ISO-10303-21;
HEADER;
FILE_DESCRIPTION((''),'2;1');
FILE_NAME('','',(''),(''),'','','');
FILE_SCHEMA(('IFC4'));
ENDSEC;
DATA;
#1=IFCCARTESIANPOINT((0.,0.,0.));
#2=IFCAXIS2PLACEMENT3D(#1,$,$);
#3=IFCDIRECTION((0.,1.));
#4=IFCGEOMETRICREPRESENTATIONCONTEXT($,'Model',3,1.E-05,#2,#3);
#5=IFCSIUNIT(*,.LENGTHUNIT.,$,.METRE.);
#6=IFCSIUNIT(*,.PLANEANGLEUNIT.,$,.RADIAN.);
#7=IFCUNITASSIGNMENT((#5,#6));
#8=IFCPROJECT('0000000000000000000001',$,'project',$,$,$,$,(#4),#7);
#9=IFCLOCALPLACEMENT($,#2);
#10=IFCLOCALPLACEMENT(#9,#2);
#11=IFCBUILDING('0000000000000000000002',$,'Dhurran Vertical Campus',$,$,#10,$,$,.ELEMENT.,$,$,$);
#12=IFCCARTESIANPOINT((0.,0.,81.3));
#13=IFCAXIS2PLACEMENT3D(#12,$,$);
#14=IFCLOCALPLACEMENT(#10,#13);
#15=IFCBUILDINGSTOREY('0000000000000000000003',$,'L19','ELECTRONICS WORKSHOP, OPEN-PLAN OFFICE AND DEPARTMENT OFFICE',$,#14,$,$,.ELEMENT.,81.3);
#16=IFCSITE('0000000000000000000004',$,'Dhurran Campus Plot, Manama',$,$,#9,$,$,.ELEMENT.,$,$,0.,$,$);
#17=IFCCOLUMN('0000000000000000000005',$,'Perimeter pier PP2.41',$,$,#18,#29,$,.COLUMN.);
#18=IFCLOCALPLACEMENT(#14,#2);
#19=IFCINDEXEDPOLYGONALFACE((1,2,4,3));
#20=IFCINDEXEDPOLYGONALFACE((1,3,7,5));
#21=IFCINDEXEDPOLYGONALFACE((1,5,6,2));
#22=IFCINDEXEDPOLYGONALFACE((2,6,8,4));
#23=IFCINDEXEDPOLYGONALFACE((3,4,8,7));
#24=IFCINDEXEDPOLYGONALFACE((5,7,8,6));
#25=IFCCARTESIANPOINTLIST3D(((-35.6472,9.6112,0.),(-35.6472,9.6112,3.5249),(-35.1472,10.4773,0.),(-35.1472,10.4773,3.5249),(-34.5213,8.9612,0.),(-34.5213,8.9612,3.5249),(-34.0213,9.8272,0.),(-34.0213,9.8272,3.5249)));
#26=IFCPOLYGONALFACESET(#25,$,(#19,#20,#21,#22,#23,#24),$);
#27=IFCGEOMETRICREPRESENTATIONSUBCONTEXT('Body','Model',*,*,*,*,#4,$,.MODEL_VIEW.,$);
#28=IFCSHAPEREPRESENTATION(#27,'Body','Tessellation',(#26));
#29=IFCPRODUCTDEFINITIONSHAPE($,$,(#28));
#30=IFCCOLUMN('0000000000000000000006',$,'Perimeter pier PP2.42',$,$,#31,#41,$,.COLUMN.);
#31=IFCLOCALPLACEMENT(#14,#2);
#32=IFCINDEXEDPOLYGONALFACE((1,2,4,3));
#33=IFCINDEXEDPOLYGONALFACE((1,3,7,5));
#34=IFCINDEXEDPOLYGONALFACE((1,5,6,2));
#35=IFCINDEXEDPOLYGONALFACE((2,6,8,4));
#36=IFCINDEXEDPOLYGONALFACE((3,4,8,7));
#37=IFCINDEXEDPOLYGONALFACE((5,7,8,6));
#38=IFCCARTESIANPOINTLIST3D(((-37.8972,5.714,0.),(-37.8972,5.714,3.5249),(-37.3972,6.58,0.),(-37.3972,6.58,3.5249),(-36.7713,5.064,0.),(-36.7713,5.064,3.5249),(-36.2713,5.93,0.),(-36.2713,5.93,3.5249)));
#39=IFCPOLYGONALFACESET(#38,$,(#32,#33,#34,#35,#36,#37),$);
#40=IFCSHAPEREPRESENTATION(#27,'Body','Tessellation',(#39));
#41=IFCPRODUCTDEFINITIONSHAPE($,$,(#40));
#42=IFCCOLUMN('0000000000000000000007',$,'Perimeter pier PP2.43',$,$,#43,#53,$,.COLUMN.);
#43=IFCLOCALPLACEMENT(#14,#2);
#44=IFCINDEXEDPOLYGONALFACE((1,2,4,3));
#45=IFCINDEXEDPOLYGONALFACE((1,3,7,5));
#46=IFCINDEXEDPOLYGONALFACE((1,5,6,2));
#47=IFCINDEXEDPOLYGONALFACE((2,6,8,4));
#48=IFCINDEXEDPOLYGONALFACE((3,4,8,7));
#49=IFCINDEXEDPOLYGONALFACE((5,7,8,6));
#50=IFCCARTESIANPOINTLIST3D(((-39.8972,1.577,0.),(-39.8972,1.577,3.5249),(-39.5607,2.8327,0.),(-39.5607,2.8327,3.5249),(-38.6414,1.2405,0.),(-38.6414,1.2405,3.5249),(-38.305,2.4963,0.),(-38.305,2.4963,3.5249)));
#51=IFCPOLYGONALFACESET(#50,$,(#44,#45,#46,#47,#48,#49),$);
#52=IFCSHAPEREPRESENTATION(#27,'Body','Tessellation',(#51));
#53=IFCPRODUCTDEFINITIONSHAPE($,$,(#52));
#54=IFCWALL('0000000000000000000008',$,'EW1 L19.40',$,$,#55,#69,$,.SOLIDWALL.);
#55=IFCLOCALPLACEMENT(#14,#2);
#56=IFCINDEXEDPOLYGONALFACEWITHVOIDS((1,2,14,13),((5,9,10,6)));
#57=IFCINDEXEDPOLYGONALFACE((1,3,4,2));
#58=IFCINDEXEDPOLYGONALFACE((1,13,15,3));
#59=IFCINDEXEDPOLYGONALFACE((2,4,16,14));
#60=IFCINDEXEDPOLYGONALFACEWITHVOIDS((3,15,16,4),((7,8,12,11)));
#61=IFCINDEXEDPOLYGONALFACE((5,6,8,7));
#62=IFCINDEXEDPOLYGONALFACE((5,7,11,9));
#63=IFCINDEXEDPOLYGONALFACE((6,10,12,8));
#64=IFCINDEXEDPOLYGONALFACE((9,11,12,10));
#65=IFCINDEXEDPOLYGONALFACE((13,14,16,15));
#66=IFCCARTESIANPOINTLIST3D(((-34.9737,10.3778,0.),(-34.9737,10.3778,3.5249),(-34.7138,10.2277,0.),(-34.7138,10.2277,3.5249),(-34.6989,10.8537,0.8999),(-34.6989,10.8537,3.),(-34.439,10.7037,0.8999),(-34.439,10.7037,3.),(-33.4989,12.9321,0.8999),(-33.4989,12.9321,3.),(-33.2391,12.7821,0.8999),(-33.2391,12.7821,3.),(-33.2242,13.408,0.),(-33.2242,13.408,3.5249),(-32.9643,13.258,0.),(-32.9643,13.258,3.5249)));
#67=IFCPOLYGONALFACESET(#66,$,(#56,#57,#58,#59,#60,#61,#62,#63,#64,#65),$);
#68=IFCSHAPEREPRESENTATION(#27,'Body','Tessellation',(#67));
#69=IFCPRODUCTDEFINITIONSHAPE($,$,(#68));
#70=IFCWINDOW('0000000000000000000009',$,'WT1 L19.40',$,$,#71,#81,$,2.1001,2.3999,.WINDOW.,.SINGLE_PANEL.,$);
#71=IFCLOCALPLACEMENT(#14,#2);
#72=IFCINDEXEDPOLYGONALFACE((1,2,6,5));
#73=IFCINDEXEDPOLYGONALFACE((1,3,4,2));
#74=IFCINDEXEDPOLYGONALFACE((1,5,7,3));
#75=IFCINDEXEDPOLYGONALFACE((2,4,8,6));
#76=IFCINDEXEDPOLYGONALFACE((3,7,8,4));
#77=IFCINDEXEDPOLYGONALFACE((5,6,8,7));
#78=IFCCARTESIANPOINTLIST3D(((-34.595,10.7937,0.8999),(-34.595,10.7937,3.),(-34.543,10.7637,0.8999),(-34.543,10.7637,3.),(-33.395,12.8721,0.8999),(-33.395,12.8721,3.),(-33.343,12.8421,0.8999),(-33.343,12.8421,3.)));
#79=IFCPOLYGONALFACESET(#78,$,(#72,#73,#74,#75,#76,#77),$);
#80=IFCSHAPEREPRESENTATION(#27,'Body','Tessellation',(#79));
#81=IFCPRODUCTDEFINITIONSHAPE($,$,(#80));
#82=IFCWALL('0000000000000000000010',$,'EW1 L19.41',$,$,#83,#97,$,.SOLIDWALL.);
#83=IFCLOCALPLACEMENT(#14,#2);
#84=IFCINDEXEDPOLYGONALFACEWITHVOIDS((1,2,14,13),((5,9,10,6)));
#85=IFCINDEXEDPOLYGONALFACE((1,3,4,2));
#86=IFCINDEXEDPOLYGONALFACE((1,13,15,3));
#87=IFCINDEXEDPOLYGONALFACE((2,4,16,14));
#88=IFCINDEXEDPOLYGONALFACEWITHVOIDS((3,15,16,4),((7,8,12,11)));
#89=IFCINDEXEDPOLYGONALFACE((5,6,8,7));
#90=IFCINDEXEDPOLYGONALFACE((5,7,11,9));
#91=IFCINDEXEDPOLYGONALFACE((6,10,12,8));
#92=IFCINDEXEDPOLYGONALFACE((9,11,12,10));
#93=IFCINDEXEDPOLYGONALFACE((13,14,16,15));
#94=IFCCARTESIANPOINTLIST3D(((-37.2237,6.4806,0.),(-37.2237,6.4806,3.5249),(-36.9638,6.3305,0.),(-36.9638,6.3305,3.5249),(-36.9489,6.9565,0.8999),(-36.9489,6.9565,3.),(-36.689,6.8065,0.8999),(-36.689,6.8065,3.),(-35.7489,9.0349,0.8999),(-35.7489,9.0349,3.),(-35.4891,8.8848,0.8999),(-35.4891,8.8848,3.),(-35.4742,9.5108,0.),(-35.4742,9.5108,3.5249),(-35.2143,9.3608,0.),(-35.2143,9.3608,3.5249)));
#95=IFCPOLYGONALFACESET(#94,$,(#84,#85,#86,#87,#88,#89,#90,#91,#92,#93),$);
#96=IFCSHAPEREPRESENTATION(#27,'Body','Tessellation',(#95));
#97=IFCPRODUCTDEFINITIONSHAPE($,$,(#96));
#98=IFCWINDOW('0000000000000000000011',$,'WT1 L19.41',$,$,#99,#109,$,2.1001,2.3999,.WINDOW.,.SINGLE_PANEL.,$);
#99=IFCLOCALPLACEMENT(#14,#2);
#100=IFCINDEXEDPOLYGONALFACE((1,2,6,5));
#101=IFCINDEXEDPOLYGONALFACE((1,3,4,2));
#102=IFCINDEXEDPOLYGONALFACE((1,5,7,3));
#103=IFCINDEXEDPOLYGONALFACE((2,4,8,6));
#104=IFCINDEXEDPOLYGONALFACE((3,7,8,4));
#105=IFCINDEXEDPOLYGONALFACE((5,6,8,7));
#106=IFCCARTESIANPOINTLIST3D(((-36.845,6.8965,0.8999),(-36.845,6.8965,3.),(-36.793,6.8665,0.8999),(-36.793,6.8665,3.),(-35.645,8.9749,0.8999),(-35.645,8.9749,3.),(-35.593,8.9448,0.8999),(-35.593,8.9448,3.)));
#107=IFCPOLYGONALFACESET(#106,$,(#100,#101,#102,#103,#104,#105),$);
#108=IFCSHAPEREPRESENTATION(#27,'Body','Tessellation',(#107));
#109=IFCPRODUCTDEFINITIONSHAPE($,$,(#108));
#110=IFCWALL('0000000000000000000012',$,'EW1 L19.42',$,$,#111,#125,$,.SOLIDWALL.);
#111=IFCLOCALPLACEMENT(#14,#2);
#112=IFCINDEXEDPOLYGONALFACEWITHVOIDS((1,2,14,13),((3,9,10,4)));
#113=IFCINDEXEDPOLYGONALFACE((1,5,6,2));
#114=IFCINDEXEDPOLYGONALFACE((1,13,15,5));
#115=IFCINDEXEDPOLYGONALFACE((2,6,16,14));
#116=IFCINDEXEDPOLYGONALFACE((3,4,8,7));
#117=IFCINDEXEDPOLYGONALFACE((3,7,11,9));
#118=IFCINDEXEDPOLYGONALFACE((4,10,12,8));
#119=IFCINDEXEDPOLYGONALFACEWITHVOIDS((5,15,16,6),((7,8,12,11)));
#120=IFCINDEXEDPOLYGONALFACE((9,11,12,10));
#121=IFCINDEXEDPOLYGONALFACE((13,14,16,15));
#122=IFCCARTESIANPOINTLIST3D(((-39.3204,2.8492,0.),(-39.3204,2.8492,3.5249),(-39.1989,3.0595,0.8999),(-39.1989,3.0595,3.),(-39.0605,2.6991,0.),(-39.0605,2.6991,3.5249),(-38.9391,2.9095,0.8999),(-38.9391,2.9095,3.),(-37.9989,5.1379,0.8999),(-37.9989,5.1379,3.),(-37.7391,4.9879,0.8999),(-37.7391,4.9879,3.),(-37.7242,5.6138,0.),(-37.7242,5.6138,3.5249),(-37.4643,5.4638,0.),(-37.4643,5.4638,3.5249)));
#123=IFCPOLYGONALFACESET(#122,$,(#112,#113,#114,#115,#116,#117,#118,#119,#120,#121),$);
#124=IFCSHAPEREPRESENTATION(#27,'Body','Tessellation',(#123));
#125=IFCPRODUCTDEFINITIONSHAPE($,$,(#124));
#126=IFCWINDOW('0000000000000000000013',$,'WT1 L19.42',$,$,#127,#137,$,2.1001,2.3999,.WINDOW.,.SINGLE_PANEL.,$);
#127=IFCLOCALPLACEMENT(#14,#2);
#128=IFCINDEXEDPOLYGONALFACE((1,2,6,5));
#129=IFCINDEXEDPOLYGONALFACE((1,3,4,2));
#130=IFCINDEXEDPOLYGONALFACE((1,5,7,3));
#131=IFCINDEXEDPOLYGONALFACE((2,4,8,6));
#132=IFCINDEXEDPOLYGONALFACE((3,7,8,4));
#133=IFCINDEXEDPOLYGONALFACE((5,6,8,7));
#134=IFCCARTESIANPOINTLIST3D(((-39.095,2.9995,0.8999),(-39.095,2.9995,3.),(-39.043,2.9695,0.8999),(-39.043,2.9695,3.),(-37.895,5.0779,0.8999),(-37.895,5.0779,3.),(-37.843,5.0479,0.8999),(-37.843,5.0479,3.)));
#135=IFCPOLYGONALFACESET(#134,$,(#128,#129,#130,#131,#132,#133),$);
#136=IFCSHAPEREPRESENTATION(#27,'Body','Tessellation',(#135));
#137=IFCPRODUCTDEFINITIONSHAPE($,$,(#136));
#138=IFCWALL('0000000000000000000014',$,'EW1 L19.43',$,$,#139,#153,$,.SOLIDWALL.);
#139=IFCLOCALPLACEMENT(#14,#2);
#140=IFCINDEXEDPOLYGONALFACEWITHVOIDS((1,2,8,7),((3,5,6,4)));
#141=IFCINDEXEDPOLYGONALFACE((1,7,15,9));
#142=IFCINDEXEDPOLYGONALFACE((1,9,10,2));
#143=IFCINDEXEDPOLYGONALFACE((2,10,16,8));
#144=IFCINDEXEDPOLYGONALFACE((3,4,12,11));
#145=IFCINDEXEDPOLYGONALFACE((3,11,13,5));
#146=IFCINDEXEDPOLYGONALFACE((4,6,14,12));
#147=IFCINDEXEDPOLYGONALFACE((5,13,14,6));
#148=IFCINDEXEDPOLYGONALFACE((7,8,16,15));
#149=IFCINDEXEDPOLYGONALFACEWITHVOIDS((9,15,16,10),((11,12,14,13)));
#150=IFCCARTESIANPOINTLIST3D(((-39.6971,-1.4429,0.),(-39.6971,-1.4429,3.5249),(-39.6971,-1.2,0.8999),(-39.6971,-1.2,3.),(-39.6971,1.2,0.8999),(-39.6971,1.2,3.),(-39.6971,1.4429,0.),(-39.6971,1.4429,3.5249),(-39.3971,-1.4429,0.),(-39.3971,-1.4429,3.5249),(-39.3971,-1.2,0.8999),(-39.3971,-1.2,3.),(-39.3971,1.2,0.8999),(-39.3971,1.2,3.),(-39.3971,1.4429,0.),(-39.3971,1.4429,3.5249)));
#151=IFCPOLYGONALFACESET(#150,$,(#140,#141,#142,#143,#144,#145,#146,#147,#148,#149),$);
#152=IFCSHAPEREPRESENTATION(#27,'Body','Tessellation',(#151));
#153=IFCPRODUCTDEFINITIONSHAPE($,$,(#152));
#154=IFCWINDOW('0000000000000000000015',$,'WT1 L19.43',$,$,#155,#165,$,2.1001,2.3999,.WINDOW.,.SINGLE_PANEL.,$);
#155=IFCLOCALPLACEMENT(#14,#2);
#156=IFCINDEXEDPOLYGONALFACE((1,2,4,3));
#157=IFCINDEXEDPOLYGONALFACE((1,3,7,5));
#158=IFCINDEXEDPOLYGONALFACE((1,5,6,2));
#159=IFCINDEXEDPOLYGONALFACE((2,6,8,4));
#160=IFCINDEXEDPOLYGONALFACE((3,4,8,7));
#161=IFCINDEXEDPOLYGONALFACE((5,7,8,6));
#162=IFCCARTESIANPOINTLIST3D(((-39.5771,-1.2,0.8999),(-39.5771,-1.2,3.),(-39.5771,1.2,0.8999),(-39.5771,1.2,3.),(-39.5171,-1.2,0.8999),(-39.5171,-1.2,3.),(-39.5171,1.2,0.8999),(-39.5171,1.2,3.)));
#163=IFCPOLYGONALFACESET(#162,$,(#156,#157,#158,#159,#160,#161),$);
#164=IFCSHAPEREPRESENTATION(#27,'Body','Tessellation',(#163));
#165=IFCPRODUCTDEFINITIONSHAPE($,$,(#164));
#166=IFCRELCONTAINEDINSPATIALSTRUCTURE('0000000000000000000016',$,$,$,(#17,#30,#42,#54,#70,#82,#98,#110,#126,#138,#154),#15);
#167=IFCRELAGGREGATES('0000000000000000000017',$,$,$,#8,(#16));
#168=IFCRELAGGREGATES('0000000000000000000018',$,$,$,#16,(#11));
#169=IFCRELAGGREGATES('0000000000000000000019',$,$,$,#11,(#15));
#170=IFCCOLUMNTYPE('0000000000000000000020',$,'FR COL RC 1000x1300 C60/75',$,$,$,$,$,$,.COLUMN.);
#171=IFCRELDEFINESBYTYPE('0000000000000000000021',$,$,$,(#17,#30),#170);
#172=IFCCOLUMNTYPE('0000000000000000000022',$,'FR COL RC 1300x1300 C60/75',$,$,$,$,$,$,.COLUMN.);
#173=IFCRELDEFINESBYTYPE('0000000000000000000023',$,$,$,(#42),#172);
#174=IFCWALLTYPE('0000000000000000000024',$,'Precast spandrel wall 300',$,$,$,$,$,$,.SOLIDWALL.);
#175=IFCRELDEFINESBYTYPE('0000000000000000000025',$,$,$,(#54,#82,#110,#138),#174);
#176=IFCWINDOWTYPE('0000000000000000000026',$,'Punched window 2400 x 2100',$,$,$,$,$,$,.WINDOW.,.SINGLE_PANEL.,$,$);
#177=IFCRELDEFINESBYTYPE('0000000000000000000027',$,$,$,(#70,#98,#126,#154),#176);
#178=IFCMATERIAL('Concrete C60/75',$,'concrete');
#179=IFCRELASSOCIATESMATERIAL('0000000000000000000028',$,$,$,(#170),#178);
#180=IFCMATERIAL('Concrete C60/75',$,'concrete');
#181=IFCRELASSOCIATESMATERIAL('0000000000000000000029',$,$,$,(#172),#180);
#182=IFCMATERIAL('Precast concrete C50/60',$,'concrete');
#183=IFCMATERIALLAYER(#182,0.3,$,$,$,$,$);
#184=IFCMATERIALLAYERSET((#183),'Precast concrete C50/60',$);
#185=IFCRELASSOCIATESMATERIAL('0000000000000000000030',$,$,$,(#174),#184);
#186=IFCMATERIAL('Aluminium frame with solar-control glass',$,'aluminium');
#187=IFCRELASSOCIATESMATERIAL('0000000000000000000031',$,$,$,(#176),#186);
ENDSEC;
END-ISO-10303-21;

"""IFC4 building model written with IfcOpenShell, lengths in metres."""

from ifc_helpers import new_model, si_unit, direction, frame, frame_2d, origin, origin_2d, place, context, subcontext, project, spatial, rectangle, extrude, material, layer, layer_set, material_profile, profile_set, type_object, element, fill, save


model = new_model("IFC4")

# Units and contexts
model_context = context("Model", 3, precision=1e-05, world=origin(), true_north=direction((0.0, 1.0)))
body_context = subcontext(model_context, "Body", "Model", "MODEL_VIEW")
ifc_project = project(units=[si_unit("LENGTHUNIT", "METRE"), si_unit("PLANEANGLEUNIT", "RADIAN")], contexts=[model_context])

# Site, building, storey
site_placement = place(None, origin())
site = spatial("IfcSite", under=ifc_project, at=site_placement, Name="Dhurran Campus Plot, Manama", CompositionType="ELEMENT", RefElevation=0.0)
building_placement = place(site_placement, origin())
building = spatial("IfcBuilding", under=site, at=building_placement, Name="Dhurran Vertical Campus", CompositionType="ELEMENT")
storey_placement = place(building_placement, frame((0.0, 0.0, 81.3)))
storey = spatial("IfcBuildingStorey", under=building, at=storey_placement, Name="L19", Description="ELECTRONICS WORKSHOP, OPEN-PLAN OFFICE AND DEPARTMENT OFFICE", CompositionType="ELEMENT", Elevation=81.3)

# Columns
ifc_material_1 = material(Name="Concrete C60/75", Category="concrete")
ifc_material_profile_1 = material_profile(ifc_material_1, rectangle(XDim=1.0, YDim=1.3, at=origin_2d()), Name="RC 1000x1300")
ifc_profile_set_1 = profile_set([ifc_material_profile_1], Name="Concrete C60/75")
column_type_1 = type_object("IfcColumnType", Name="FR COL RC 1000x1300 C60/75", PredefinedType="COLUMN", material=ifc_profile_set_1)
for number, where, z_axis, x_axis, name in (
    (1, (-34.8342, 9.7192, 0.0), (0.0, 0.0, 1.0), (-0.5, -0.866025, 0.0), "Perimeter pier PP2.41"),
    (2, (-37.0842, 5.822, 0.0), (0.0, 0.0, 1.0), (-0.5, -0.866025, 0.0), "Perimeter pier PP2.42"),
):
    element("IfcColumn", number, at=place(storey_placement, frame(where, z_axis=z_axis, x_axis=x_axis)), inside=storey, type_object=column_type_1, Name=name, PredefinedType="COLUMN", context=body_context, shape_type="SweptSolid", body=[
        extrude(rectangle(XDim=1.0, YDim=1.3, at=origin_2d()), origin(), (0.0, 0.0, 1.0), 3.5249),
    ])
ifc_material_2 = material(Name="Concrete C60/75", Category="concrete")
ifc_material_profile_2 = material_profile(ifc_material_2, rectangle(XDim=1.3, YDim=1.3, at=origin_2d()), Name="RC 1300x1300")
ifc_profile_set_2 = profile_set([ifc_material_profile_2], Name="Concrete C60/75")
column_type_2 = type_object("IfcColumnType", Name="FR COL RC 1300x1300 C60/75", PredefinedType="COLUMN", material=ifc_profile_set_2)
column_placement = place(storey_placement, frame((-39.1011, 2.0366, 0.0), z_axis=(0.0, 0.0, 1.0), x_axis=(-0.258819, -0.965926, 0.0)))
element("IfcColumn", 3, at=column_placement, inside=storey, type_object=column_type_2, Name="Perimeter pier PP2.43", PredefinedType="COLUMN", context=body_context, shape_type="SweptSolid", body=[
    extrude(rectangle(XDim=1.3, YDim=1.3, at=origin_2d()), origin(), (0.0, 0.0, 1.0), 3.5249),
])

# Walls, openings, windows
ifc_material_3 = material(Name="Precast concrete C50/60", Category="concrete")
ifc_layer_1 = layer(ifc_material_3, 0.3)
ifc_layer_set_1 = layer_set([ifc_layer_1], Name="Precast concrete C50/60")
wall_type_1 = type_object("IfcWallType", Name="Precast spandrel wall 300", PredefinedType="SOLIDWALL", material=ifc_layer_set_1)
wall_1_placement = place(storey_placement, frame((-33.0942, 13.333, 0.0), z_axis=(0.0, 0.0, 1.0), x_axis=(-0.499996, -0.866028, 0.0)))
wall_1 = element("IfcWall", 4, at=wall_1_placement, inside=storey, type_object=wall_type_1, Name="EW1 L19.40", PredefinedType="SOLIDWALL", context=body_context, shape_type="SweptSolid", body=[
    extrude(rectangle(XDim=3.499, YDim=0.3, at=frame_2d((1.7495, 0.0))), origin(), (0.0, 0.0, 1.0), 3.5249),
])
opening_1_placement = place(wall_1_placement, frame((0.5496, 0.0, 0.8999)))
opening_1 = element("IfcOpeningElement", 5, at=opening_1_placement, cuts=wall_1, PredefinedType="OPENING", context=body_context, shape_type="SweptSolid", body=[
    extrude(rectangle(XDim=2.3999, YDim=2.1001, at=frame_2d((1.2, 1.05))), frame((0.0, 0.1599, 0.0), z_axis=(0.0, -1.0, 0.0), x_axis=(1.0, 0.0, 0.0)), (0.0, 0.0, 1.0), 0.3201),
])
ifc_material_4 = material(Name="Aluminium frame with solar-control glass", Category="aluminium")
window_type = type_object("IfcWindowType", Name="Punched window 2400 x 2100", PartitioningType="SINGLE_PANEL", PredefinedType="WINDOW", material=ifc_material_4)
window_1_placement = place(opening_1_placement, origin())
window_1 = element("IfcWindow", 6, at=window_1_placement, inside=storey, type_object=window_type, Name="WT1 L19.40", OverallHeight=2.1001, OverallWidth=2.3999, PartitioningType="SINGLE_PANEL", PredefinedType="WINDOW", context=body_context, shape_type="SweptSolid", body=[
    extrude(rectangle(XDim=2.3999, YDim=2.1001, at=frame_2d((1.2, 1.05))), frame((0.0, 0.03, 0.0), z_axis=(0.0, -1.0, 0.0), x_axis=(1.0, 0.0, 0.0)), (0.0, 0.0, 1.0), 0.0601),
])
fill(opening_1, window_1)
wall_2_placement = place(storey_placement, frame((-35.3442, 9.4358, 0.0), z_axis=(0.0, 0.0, 1.0), x_axis=(-0.499996, -0.866028, 0.0)))
wall_2 = element("IfcWall", 7, at=wall_2_placement, inside=storey, type_object=wall_type_1, Name="EW1 L19.41", PredefinedType="SOLIDWALL", context=body_context, shape_type="SweptSolid", body=[
    extrude(rectangle(XDim=3.499, YDim=0.3, at=frame_2d((1.7495, 0.0))), origin(), (0.0, 0.0, 1.0), 3.5249),
])
opening_2_placement = place(wall_2_placement, frame((0.5496, 0.0, 0.8999)))
opening_2 = element("IfcOpeningElement", 8, at=opening_2_placement, cuts=wall_2, PredefinedType="OPENING", context=body_context, shape_type="SweptSolid", body=[
    extrude(rectangle(XDim=2.3999, YDim=2.1001, at=frame_2d((1.2, 1.05))), frame((0.0, 0.1599, 0.0), z_axis=(0.0, -1.0, 0.0), x_axis=(1.0, 0.0, 0.0)), (0.0, 0.0, 1.0), 0.3201),
])
window_2_placement = place(opening_2_placement, origin())
window_2 = element("IfcWindow", 9, at=window_2_placement, inside=storey, type_object=window_type, Name="WT1 L19.41", OverallHeight=2.1001, OverallWidth=2.3999, PartitioningType="SINGLE_PANEL", PredefinedType="WINDOW", context=body_context, shape_type="SweptSolid", body=[
    extrude(rectangle(XDim=2.3999, YDim=2.1001, at=frame_2d((1.2, 1.05))), frame((0.0, 0.03, 0.0), z_axis=(0.0, -1.0, 0.0), x_axis=(1.0, 0.0, 0.0)), (0.0, 0.0, 1.0), 0.0601),
])
fill(opening_2, window_2)
wall_3_placement = place(storey_placement, frame((-37.5942, 5.5388, 0.0), z_axis=(0.0, 0.0, 1.0), x_axis=(-0.500005, -0.866023, 0.0)))
wall_3 = element("IfcWall", 10, at=wall_3_placement, inside=storey, type_object=wall_type_1, Name="EW1 L19.42", PredefinedType="SOLIDWALL", context=body_context, shape_type="SweptSolid", body=[
    extrude(rectangle(XDim=3.1924, YDim=0.3, at=frame_2d((1.5962, 0.0))), origin(), (0.0, 0.0, 1.0), 3.5249),
])
opening_3_placement = place(wall_3_placement, frame((0.5496, 0.0, 0.8999)))
opening_3 = element("IfcOpeningElement", 11, at=opening_3_placement, cuts=wall_3, PredefinedType="OPENING", context=body_context, shape_type="SweptSolid", body=[
    extrude(rectangle(XDim=2.3999, YDim=2.1001, at=frame_2d((1.2, 1.05))), frame((0.0, 0.1599, 0.0), z_axis=(0.0, -1.0, 0.0), x_axis=(1.0, 0.0, 0.0)), (0.0, 0.0, 1.0), 0.3201),
])
window_3_placement = place(opening_3_placement, origin())
window_3 = element("IfcWindow", 12, at=window_3_placement, inside=storey, type_object=window_type, Name="WT1 L19.42", OverallHeight=2.1001, OverallWidth=2.3999, PartitioningType="SINGLE_PANEL", PredefinedType="WINDOW", context=body_context, shape_type="SweptSolid", body=[
    extrude(rectangle(XDim=2.3999, YDim=2.1001, at=frame_2d((1.2, 1.05))), frame((0.0, 0.03, 0.0), z_axis=(0.0, -1.0, 0.0), x_axis=(1.0, 0.0, 0.0)), (0.0, 0.0, 1.0), 0.0601),
])
fill(opening_3, window_3)
wall_4_placement = place(storey_placement, frame((-39.5471, 1.4429, 0.0), z_axis=(0.0, 0.0, 1.0), x_axis=(0.0, -1.0, 0.0)))
wall_4 = element("IfcWall", 13, at=wall_4_placement, inside=storey, type_object=wall_type_1, Name="EW1 L19.43", PredefinedType="SOLIDWALL", context=body_context, shape_type="SweptSolid", body=[
    extrude(rectangle(XDim=2.8857, YDim=0.3, at=frame_2d((1.4429, 0.0))), origin(), (0.0, 0.0, 1.0), 3.5249),
])
opening_4_placement = place(wall_4_placement, frame((0.2429, 0.0, 0.8999)))
opening_4 = element("IfcOpeningElement", 14, at=opening_4_placement, cuts=wall_4, PredefinedType="OPENING", context=body_context, shape_type="SweptSolid", body=[
    extrude(rectangle(XDim=2.3999, YDim=2.1001, at=frame_2d((1.2, 1.05))), frame((0.0, 0.1599, 0.0), z_axis=(0.0, -1.0, 0.0), x_axis=(1.0, 0.0, 0.0)), (0.0, 0.0, 1.0), 0.3201),
])
window_4_placement = place(opening_4_placement, origin())
window_4 = element("IfcWindow", 15, at=window_4_placement, inside=storey, type_object=window_type, Name="WT1 L19.43", OverallHeight=2.1001, OverallWidth=2.3999, PartitioningType="SINGLE_PANEL", PredefinedType="WINDOW", context=body_context, shape_type="SweptSolid", body=[
    extrude(rectangle(XDim=2.3999, YDim=2.1001, at=frame_2d((1.2, 1.05))), frame((0.0, 0.03, 0.0), z_axis=(0.0, -1.0, 0.0), x_axis=(1.0, 0.0, 0.0)), (0.0, 0.0, 1.0), 0.0601),
])
fill(opening_4, window_4)

save(model, "model.ifc")
